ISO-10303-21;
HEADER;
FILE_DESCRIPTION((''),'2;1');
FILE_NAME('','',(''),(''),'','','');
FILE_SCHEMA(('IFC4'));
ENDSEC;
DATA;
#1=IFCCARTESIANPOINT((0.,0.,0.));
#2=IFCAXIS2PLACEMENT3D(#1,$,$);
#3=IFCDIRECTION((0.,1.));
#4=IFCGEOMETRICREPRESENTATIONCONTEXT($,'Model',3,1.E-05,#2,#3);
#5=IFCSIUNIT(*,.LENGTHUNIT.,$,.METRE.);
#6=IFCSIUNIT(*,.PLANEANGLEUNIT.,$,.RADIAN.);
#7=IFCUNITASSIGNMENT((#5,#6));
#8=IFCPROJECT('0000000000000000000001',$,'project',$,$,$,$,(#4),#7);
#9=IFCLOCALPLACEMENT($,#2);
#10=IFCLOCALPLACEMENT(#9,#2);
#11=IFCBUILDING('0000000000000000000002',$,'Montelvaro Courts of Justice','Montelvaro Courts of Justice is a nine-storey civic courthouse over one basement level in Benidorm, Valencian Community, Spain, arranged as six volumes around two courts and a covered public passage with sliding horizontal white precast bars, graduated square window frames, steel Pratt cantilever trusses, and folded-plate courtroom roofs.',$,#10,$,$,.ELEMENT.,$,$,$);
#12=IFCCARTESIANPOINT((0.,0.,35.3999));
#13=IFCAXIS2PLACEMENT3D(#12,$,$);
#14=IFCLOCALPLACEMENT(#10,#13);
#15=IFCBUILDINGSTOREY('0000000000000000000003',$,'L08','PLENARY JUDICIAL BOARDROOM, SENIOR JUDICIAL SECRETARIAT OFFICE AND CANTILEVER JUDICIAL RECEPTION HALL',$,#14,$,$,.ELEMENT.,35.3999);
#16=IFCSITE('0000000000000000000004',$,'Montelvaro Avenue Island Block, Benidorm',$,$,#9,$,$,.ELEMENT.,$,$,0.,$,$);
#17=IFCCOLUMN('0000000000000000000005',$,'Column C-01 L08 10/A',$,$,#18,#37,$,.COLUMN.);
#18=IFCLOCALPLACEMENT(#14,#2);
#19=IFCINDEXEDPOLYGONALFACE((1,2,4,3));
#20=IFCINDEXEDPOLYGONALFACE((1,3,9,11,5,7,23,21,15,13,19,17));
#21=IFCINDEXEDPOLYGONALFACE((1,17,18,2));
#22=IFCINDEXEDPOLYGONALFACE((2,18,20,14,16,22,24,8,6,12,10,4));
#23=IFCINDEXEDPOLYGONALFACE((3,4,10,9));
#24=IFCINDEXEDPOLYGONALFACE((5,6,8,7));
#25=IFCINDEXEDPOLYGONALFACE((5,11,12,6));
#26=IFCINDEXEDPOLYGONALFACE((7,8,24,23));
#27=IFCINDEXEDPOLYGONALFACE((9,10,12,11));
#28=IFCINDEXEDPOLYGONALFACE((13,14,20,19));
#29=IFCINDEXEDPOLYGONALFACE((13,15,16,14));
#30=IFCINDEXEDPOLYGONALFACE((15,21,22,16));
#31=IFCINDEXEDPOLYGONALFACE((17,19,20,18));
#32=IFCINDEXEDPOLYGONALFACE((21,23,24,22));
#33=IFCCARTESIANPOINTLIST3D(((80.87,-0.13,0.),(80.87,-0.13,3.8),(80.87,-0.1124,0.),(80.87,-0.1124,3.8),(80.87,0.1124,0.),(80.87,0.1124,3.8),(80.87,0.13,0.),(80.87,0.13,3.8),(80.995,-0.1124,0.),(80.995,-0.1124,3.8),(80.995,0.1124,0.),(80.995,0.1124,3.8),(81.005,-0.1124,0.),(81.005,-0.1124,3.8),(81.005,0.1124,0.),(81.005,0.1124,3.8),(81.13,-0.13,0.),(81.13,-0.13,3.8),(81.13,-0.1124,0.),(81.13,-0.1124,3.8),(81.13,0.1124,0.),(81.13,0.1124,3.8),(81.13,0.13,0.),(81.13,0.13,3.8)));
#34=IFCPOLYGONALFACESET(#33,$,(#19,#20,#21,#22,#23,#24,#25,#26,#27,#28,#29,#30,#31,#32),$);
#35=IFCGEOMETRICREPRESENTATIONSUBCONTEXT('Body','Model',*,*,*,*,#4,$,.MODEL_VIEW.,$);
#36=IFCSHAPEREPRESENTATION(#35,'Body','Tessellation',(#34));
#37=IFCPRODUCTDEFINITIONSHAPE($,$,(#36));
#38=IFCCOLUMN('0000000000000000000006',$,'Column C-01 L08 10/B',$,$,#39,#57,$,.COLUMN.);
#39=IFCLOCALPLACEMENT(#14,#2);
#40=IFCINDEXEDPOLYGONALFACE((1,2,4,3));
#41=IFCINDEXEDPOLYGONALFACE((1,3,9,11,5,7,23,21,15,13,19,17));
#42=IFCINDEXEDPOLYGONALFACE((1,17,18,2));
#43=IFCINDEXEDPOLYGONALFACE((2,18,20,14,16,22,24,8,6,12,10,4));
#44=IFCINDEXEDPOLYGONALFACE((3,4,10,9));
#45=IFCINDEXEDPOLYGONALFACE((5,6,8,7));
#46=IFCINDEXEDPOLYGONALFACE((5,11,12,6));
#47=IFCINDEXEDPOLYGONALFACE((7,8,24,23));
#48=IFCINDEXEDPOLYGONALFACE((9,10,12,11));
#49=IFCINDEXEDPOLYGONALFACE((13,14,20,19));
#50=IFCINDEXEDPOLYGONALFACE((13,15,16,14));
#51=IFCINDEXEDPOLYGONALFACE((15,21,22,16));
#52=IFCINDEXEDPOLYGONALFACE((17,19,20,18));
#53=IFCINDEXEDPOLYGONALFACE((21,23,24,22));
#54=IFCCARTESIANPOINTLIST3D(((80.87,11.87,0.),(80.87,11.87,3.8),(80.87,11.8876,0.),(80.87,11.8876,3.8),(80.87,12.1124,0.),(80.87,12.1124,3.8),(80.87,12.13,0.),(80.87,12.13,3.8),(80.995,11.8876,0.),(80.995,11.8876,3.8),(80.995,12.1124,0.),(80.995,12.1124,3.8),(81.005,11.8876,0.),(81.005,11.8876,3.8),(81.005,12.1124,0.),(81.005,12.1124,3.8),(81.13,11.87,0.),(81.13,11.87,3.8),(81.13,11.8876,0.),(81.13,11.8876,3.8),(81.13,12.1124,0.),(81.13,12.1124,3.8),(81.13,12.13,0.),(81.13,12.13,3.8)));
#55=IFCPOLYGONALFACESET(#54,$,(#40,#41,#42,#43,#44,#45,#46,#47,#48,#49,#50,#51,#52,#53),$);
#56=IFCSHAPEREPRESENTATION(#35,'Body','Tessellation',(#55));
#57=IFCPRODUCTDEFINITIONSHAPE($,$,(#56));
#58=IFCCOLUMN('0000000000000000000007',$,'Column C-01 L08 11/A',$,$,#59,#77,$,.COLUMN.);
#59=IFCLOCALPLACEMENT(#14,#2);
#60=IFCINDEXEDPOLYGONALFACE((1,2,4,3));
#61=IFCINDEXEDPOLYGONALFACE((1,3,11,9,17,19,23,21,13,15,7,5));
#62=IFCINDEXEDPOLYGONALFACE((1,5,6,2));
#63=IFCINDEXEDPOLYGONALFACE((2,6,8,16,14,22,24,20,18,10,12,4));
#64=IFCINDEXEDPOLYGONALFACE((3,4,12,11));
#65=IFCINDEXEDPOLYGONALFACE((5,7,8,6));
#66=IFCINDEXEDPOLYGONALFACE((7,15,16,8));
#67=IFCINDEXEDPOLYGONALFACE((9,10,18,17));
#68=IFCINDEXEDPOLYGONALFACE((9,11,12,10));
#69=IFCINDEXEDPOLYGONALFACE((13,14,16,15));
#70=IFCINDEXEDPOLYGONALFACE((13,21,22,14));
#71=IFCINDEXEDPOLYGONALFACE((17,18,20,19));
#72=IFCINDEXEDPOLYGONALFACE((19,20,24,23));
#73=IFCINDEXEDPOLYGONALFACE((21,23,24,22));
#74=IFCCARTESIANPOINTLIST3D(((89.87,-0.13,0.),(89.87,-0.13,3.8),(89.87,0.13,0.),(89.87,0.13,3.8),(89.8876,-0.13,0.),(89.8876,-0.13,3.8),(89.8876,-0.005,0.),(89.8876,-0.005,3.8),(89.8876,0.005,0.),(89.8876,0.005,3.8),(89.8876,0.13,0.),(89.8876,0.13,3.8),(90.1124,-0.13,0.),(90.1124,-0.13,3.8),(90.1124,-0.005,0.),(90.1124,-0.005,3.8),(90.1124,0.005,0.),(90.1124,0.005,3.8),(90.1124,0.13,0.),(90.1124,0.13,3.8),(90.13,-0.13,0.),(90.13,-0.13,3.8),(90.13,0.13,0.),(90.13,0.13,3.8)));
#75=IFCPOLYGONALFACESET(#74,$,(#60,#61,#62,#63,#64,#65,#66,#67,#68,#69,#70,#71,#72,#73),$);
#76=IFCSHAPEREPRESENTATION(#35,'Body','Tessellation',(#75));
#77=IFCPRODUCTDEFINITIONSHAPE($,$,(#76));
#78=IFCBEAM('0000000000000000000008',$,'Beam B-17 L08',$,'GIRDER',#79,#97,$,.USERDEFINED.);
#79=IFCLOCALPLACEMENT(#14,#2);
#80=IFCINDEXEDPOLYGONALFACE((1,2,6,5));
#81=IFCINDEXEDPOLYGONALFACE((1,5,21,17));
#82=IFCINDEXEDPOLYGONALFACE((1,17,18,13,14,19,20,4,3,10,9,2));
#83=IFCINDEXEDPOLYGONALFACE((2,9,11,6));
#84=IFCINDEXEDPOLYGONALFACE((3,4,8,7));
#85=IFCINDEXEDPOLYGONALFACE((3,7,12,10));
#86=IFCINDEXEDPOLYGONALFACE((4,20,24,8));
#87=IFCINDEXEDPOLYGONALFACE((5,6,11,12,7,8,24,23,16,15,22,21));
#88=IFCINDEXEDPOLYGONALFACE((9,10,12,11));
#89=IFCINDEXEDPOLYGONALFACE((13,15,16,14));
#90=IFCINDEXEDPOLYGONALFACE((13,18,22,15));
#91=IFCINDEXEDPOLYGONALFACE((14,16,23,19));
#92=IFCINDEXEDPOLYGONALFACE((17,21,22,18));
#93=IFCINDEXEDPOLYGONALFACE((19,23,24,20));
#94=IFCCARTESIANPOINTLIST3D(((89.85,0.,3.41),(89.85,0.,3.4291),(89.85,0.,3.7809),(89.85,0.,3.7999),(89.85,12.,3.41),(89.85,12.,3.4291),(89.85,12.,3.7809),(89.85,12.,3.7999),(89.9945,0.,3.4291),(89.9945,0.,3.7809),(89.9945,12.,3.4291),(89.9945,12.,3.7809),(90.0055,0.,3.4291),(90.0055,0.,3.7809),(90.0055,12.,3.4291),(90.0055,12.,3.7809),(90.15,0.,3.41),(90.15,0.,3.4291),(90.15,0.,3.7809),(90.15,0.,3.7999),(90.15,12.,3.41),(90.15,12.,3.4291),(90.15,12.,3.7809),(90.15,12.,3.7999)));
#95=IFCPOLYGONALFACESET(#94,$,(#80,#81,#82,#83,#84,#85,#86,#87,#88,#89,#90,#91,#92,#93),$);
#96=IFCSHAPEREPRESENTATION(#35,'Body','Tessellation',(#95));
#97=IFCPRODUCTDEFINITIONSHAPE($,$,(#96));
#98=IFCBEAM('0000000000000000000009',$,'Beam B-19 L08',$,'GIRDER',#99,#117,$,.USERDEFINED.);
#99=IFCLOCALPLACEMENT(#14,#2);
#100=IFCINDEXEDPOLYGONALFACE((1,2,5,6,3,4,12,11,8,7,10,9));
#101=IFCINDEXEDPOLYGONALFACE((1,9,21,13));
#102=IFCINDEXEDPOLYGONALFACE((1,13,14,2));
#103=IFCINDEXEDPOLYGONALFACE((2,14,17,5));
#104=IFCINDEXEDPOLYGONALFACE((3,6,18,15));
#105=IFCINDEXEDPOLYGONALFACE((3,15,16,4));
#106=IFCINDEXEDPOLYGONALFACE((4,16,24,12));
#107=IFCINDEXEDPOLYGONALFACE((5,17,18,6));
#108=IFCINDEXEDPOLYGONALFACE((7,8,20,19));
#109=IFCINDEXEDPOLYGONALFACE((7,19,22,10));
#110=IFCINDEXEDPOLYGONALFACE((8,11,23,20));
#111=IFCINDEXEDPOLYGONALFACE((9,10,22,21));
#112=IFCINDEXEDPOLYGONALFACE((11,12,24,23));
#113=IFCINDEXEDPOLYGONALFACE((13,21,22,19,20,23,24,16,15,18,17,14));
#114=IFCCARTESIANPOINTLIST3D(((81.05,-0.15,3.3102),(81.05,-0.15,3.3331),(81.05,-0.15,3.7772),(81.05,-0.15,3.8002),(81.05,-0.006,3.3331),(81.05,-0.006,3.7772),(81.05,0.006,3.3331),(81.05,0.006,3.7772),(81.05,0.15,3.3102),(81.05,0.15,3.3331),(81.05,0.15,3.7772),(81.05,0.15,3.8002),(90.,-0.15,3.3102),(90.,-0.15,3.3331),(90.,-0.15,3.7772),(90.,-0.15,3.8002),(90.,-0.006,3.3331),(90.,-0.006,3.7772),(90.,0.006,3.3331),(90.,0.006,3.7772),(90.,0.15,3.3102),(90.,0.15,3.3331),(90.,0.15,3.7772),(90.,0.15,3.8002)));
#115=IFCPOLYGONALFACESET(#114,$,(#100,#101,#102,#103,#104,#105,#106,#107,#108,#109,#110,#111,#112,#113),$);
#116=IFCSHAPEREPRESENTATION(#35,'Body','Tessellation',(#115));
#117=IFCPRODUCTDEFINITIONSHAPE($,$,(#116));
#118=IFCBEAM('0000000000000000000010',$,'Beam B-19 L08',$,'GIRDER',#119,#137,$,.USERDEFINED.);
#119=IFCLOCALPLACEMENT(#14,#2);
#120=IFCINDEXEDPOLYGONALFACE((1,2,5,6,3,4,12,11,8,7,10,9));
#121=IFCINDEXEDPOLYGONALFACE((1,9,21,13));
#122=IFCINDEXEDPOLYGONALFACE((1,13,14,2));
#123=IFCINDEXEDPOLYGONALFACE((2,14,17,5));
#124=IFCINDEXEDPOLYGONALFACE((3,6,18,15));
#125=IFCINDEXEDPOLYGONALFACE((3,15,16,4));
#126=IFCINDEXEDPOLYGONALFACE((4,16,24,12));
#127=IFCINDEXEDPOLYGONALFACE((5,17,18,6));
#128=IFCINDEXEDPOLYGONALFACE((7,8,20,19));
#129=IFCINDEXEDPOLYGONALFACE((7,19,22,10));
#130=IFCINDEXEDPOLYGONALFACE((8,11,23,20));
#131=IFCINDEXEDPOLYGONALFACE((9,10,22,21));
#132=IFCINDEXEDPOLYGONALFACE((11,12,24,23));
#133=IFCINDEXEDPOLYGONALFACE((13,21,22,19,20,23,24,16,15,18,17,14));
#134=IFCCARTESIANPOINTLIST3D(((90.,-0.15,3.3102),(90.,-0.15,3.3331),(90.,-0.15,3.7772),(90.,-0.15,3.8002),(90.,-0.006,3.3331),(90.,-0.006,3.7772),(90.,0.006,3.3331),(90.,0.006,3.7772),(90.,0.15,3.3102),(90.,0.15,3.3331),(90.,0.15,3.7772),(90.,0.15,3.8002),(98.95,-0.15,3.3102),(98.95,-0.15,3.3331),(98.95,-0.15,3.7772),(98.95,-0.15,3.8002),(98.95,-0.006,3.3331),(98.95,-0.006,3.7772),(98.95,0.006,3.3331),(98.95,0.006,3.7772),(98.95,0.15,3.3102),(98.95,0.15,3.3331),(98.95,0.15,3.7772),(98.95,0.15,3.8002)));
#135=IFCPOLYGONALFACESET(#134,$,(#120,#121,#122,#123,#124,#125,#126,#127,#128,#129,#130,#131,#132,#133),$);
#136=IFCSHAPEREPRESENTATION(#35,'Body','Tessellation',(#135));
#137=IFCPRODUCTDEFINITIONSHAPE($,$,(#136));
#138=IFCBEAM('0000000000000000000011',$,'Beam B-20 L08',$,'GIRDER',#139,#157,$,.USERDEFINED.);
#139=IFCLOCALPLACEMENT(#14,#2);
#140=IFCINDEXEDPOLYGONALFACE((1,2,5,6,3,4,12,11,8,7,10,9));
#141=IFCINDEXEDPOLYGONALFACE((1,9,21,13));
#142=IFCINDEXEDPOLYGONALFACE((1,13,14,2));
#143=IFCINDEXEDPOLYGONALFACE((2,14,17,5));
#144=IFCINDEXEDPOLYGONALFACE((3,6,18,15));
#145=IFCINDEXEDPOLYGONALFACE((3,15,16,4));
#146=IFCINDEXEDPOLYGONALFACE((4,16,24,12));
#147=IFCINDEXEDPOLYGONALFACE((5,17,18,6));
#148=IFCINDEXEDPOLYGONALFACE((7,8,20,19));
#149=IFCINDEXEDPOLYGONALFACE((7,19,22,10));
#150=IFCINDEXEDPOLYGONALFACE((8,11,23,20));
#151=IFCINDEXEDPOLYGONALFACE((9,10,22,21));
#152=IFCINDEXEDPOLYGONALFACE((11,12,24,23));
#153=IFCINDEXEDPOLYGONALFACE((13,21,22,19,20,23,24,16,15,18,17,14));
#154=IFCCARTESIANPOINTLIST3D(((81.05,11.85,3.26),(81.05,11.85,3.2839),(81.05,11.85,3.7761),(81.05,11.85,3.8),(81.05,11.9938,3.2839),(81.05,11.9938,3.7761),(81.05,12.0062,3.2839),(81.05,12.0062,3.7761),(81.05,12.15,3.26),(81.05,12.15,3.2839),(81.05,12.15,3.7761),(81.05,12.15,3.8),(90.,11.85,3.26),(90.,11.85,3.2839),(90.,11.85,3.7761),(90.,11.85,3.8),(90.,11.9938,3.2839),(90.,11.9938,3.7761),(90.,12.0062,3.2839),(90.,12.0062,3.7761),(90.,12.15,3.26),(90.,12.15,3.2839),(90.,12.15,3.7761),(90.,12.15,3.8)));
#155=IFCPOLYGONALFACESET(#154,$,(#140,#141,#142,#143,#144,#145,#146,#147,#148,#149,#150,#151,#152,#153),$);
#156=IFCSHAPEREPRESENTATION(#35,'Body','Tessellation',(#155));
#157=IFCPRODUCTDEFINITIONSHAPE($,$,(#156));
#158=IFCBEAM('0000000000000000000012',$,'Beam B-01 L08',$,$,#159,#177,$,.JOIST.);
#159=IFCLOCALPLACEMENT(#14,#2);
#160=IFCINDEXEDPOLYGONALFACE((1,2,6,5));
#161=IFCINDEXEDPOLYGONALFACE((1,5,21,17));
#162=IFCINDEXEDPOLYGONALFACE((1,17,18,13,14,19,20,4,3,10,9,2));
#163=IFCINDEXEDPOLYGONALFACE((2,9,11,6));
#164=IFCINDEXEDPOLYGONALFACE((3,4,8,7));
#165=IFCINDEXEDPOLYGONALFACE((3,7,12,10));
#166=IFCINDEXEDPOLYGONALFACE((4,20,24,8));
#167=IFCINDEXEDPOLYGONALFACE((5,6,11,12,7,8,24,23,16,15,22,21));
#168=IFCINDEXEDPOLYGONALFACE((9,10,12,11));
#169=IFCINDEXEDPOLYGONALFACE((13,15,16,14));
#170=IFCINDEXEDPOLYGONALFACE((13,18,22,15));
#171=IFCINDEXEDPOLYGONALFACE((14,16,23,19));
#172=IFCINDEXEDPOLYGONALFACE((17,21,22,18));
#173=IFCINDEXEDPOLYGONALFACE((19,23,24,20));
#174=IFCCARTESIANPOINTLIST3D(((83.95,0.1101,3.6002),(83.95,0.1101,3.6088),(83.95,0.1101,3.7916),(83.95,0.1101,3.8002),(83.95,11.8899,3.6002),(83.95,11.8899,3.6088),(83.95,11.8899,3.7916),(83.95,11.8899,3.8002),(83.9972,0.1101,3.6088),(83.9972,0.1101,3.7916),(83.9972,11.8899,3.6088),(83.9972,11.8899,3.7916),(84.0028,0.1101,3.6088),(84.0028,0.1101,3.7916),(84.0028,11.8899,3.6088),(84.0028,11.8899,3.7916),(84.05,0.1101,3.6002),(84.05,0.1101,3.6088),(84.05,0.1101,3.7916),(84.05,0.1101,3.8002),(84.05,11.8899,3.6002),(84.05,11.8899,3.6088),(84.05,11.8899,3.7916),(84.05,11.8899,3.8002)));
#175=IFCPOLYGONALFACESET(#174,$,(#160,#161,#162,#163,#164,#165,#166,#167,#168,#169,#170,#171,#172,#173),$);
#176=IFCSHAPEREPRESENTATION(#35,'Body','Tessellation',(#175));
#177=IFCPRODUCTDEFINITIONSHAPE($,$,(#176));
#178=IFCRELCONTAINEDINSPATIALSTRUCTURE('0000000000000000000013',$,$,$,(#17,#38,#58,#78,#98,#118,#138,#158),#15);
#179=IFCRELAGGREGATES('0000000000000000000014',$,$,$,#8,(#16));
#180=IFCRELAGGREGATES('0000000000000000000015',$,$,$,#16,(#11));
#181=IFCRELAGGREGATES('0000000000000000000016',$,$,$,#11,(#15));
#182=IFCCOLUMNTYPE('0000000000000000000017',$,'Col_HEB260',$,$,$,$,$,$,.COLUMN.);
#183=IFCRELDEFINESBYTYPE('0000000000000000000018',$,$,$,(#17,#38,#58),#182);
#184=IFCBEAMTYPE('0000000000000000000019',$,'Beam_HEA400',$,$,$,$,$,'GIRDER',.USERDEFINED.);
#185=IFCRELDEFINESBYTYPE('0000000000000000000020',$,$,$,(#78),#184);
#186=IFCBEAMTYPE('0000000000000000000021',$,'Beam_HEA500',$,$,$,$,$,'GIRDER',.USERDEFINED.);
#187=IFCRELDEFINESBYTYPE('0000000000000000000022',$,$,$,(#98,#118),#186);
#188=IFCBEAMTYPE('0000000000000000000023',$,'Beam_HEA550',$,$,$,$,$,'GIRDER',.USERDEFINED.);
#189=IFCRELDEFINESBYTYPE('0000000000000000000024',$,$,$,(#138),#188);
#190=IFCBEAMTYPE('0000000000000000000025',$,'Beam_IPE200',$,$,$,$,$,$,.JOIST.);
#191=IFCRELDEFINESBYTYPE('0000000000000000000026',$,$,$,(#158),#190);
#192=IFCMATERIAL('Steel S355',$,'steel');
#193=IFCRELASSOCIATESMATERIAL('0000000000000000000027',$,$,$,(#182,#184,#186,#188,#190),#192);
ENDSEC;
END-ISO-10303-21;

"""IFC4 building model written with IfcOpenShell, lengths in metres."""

from ifc_helpers import new_model, si_unit, direction, frame, origin, origin_2d, place, context, subcontext, project, spatial, i_section, extrude, material, material_profile, profile_set, type_object, element, save


model = new_model("IFC4")

# Units and contexts
model_context = context("Model", 3, precision=1e-05, world=origin(), true_north=direction((0.0, 1.0)))
body_context = subcontext(model_context, "Body", "Model", "MODEL_VIEW")
ifc_project = project(units=[si_unit("LENGTHUNIT", "METRE"), si_unit("PLANEANGLEUNIT", "RADIAN")], contexts=[model_context])

# Site, building, storey
site_placement = place(None, origin())
site = spatial("IfcSite", under=ifc_project, at=site_placement, Name="Montelvaro Avenue Island Block, Benidorm", CompositionType="ELEMENT", RefElevation=0.0)
building_placement = place(site_placement, origin())
building = spatial("IfcBuilding", under=site, at=building_placement, Name="Montelvaro Courts of Justice", Description="Montelvaro Courts of Justice is a nine-storey civic courthouse over one basement level in Benidorm, Valencian Community, Spain, arranged as six volumes around two courts and a covered public passage with sliding horizontal white precast bars, graduated square window frames, steel Pratt cantilever trusses, and folded-plate courtroom roofs.", CompositionType="ELEMENT")
storey_placement = place(building_placement, frame((0.0, 0.0, 35.3999)))
storey = spatial("IfcBuildingStorey", under=building, at=storey_placement, Name="L08", Description="PLENARY JUDICIAL BOARDROOM, SENIOR JUDICIAL SECRETARIAT OFFICE AND CANTILEVER JUDICIAL RECEPTION HALL", CompositionType="ELEMENT", Elevation=35.3999)

# Columns
ifc_material_1 = material(Name="Steel S355", Category="steel")
ifc_material_profile_1 = material_profile(ifc_material_1, i_section(OverallWidth=0.26, OverallDepth=0.26, WebThickness=0.01, FlangeThickness=0.0176, at=origin_2d()), Name="HEB 260")
ifc_profile_set_1 = profile_set([ifc_material_profile_1], Name="Steel S355")
column_type = type_object("IfcColumnType", Name="Col_HEB260", PredefinedType="COLUMN", material=ifc_profile_set_1)
for number, where, z_axis, x_axis, name in (
    (1, (81.0, 0.0, 0.0), (0.0, 0.0, 1.0), (1.0, 0.0, 0.0), "Column C-01 L08 10/A"),
    (2, (81.0, 12.0, 0.0), (0.0, 0.0, 1.0), (1.0, 0.0, 0.0), "Column C-01 L08 10/B"),
    (3, (90.0, 0.0, 0.0), (0.0, 0.0, 1.0), (0.0, 1.0, 0.0), "Column C-01 L08 11/A"),
):
    element("IfcColumn", number, at=place(storey_placement, frame(where, z_axis=z_axis, x_axis=x_axis)), inside=storey, type_object=column_type, Name=name, PredefinedType="COLUMN", context=body_context, shape_type="SweptSolid", body=[
        extrude(i_section(OverallWidth=0.26, OverallDepth=0.26, WebThickness=0.01, FlangeThickness=0.0176, at=origin_2d()), origin(), (0.0, 0.0, 1.0), 3.8),
    ])

# Beams
ifc_material_profile_2 = material_profile(ifc_material_1, i_section(OverallWidth=0.3, OverallDepth=0.3899, WebThickness=0.011, FlangeThickness=0.019, at=origin_2d()), Name="HEA 400")
ifc_profile_set_2 = profile_set([ifc_material_profile_2], Name="Steel S355")
beam_type_1 = type_object("IfcBeamType", Name="Beam_HEA400", ElementType="GIRDER", PredefinedType="USERDEFINED", material=ifc_profile_set_2)
beam_1_placement = place(storey_placement, frame((90.0, 0.0, 3.605), z_axis=(0.0, 1.0, 0.0), x_axis=(-1.0, 0.0, 0.0)))
element("IfcBeam", 4, at=beam_1_placement, inside=storey, type_object=beam_type_1, Name="Beam B-17 L08", ObjectType="GIRDER", PredefinedType="USERDEFINED", context=body_context, shape_type="SweptSolid", body=[
    extrude(i_section(OverallWidth=0.3, OverallDepth=0.3899, WebThickness=0.011, FlangeThickness=0.019, at=origin_2d()), origin(), (0.0, 0.0, 1.0), 12.0),
])
ifc_material_profile_3 = material_profile(ifc_material_1, i_section(OverallWidth=0.3, OverallDepth=0.49, WebThickness=0.012, FlangeThickness=0.0229, at=origin_2d()), Name="HEA 500")
ifc_profile_set_3 = profile_set([ifc_material_profile_3], Name="Steel S355")
beam_type_2 = type_object("IfcBeamType", Name="Beam_HEA500", ElementType="GIRDER", PredefinedType="USERDEFINED", material=ifc_profile_set_3)
for number, where, z_axis, x_axis, name in (
    (5, (81.05, 0.0, 3.5552), (1.0, 0.0, 0.0), (0.0, 1.0, 0.0), "Beam B-19 L08"),
    (6, (90.0, 0.0, 3.5552), (1.0, 0.0, 0.0), (0.0, 1.0, 0.0), "Beam B-19 L08"),
):
    element("IfcBeam", number, at=place(storey_placement, frame(where, z_axis=z_axis, x_axis=x_axis)), inside=storey, type_object=beam_type_2, Name=name, ObjectType="GIRDER", PredefinedType="USERDEFINED", context=body_context, shape_type="SweptSolid", body=[
        extrude(i_section(OverallWidth=0.3, OverallDepth=0.49, WebThickness=0.012, FlangeThickness=0.0229, at=origin_2d()), origin(), (0.0, 0.0, 1.0), 8.95),
    ])
ifc_material_profile_4 = material_profile(ifc_material_1, i_section(OverallWidth=0.3, OverallDepth=0.54, WebThickness=0.0125, FlangeThickness=0.0239, at=origin_2d()), Name="HEA 550")
ifc_profile_set_4 = profile_set([ifc_material_profile_4], Name="Steel S355")
beam_type_3 = type_object("IfcBeamType", Name="Beam_HEA550", ElementType="GIRDER", PredefinedType="USERDEFINED", material=ifc_profile_set_4)
beam_2_placement = place(storey_placement, frame((81.05, 12.0, 3.53), z_axis=(1.0, 0.0, 0.0), x_axis=(0.0, 1.0, 0.0)))
element("IfcBeam", 7, at=beam_2_placement, inside=storey, type_object=beam_type_3, Name="Beam B-20 L08", ObjectType="GIRDER", PredefinedType="USERDEFINED", context=body_context, shape_type="SweptSolid", body=[
    extrude(i_section(OverallWidth=0.3, OverallDepth=0.54, WebThickness=0.0125, FlangeThickness=0.0239, at=origin_2d()), origin(), (0.0, 0.0, 1.0), 8.95),
])
ifc_material_profile_5 = material_profile(ifc_material_1, i_section(OverallWidth=0.1001, OverallDepth=0.2, WebThickness=0.0056, FlangeThickness=0.0085, at=origin_2d()), Name="IPE 200")
ifc_profile_set_5 = profile_set([ifc_material_profile_5], Name="Steel S355")
beam_type_4 = type_object("IfcBeamType", Name="Beam_IPE200", PredefinedType="JOIST", material=ifc_profile_set_5)
beam_3_placement = place(storey_placement, frame((84.0, 0.1101, 3.7002), z_axis=(0.0, 1.0, 0.0), x_axis=(-1.0, 0.0, 0.0)))
element("IfcBeam", 8, at=beam_3_placement, inside=storey, type_object=beam_type_4, Name="Beam B-01 L08", PredefinedType="JOIST", context=body_context, shape_type="SweptSolid", body=[
    extrude(i_section(OverallWidth=0.1001, OverallDepth=0.2, WebThickness=0.0056, FlangeThickness=0.0085, at=origin_2d()), origin(), (0.0, 0.0, 1.0), 11.7798),
])

save(model, "model.ifc")
